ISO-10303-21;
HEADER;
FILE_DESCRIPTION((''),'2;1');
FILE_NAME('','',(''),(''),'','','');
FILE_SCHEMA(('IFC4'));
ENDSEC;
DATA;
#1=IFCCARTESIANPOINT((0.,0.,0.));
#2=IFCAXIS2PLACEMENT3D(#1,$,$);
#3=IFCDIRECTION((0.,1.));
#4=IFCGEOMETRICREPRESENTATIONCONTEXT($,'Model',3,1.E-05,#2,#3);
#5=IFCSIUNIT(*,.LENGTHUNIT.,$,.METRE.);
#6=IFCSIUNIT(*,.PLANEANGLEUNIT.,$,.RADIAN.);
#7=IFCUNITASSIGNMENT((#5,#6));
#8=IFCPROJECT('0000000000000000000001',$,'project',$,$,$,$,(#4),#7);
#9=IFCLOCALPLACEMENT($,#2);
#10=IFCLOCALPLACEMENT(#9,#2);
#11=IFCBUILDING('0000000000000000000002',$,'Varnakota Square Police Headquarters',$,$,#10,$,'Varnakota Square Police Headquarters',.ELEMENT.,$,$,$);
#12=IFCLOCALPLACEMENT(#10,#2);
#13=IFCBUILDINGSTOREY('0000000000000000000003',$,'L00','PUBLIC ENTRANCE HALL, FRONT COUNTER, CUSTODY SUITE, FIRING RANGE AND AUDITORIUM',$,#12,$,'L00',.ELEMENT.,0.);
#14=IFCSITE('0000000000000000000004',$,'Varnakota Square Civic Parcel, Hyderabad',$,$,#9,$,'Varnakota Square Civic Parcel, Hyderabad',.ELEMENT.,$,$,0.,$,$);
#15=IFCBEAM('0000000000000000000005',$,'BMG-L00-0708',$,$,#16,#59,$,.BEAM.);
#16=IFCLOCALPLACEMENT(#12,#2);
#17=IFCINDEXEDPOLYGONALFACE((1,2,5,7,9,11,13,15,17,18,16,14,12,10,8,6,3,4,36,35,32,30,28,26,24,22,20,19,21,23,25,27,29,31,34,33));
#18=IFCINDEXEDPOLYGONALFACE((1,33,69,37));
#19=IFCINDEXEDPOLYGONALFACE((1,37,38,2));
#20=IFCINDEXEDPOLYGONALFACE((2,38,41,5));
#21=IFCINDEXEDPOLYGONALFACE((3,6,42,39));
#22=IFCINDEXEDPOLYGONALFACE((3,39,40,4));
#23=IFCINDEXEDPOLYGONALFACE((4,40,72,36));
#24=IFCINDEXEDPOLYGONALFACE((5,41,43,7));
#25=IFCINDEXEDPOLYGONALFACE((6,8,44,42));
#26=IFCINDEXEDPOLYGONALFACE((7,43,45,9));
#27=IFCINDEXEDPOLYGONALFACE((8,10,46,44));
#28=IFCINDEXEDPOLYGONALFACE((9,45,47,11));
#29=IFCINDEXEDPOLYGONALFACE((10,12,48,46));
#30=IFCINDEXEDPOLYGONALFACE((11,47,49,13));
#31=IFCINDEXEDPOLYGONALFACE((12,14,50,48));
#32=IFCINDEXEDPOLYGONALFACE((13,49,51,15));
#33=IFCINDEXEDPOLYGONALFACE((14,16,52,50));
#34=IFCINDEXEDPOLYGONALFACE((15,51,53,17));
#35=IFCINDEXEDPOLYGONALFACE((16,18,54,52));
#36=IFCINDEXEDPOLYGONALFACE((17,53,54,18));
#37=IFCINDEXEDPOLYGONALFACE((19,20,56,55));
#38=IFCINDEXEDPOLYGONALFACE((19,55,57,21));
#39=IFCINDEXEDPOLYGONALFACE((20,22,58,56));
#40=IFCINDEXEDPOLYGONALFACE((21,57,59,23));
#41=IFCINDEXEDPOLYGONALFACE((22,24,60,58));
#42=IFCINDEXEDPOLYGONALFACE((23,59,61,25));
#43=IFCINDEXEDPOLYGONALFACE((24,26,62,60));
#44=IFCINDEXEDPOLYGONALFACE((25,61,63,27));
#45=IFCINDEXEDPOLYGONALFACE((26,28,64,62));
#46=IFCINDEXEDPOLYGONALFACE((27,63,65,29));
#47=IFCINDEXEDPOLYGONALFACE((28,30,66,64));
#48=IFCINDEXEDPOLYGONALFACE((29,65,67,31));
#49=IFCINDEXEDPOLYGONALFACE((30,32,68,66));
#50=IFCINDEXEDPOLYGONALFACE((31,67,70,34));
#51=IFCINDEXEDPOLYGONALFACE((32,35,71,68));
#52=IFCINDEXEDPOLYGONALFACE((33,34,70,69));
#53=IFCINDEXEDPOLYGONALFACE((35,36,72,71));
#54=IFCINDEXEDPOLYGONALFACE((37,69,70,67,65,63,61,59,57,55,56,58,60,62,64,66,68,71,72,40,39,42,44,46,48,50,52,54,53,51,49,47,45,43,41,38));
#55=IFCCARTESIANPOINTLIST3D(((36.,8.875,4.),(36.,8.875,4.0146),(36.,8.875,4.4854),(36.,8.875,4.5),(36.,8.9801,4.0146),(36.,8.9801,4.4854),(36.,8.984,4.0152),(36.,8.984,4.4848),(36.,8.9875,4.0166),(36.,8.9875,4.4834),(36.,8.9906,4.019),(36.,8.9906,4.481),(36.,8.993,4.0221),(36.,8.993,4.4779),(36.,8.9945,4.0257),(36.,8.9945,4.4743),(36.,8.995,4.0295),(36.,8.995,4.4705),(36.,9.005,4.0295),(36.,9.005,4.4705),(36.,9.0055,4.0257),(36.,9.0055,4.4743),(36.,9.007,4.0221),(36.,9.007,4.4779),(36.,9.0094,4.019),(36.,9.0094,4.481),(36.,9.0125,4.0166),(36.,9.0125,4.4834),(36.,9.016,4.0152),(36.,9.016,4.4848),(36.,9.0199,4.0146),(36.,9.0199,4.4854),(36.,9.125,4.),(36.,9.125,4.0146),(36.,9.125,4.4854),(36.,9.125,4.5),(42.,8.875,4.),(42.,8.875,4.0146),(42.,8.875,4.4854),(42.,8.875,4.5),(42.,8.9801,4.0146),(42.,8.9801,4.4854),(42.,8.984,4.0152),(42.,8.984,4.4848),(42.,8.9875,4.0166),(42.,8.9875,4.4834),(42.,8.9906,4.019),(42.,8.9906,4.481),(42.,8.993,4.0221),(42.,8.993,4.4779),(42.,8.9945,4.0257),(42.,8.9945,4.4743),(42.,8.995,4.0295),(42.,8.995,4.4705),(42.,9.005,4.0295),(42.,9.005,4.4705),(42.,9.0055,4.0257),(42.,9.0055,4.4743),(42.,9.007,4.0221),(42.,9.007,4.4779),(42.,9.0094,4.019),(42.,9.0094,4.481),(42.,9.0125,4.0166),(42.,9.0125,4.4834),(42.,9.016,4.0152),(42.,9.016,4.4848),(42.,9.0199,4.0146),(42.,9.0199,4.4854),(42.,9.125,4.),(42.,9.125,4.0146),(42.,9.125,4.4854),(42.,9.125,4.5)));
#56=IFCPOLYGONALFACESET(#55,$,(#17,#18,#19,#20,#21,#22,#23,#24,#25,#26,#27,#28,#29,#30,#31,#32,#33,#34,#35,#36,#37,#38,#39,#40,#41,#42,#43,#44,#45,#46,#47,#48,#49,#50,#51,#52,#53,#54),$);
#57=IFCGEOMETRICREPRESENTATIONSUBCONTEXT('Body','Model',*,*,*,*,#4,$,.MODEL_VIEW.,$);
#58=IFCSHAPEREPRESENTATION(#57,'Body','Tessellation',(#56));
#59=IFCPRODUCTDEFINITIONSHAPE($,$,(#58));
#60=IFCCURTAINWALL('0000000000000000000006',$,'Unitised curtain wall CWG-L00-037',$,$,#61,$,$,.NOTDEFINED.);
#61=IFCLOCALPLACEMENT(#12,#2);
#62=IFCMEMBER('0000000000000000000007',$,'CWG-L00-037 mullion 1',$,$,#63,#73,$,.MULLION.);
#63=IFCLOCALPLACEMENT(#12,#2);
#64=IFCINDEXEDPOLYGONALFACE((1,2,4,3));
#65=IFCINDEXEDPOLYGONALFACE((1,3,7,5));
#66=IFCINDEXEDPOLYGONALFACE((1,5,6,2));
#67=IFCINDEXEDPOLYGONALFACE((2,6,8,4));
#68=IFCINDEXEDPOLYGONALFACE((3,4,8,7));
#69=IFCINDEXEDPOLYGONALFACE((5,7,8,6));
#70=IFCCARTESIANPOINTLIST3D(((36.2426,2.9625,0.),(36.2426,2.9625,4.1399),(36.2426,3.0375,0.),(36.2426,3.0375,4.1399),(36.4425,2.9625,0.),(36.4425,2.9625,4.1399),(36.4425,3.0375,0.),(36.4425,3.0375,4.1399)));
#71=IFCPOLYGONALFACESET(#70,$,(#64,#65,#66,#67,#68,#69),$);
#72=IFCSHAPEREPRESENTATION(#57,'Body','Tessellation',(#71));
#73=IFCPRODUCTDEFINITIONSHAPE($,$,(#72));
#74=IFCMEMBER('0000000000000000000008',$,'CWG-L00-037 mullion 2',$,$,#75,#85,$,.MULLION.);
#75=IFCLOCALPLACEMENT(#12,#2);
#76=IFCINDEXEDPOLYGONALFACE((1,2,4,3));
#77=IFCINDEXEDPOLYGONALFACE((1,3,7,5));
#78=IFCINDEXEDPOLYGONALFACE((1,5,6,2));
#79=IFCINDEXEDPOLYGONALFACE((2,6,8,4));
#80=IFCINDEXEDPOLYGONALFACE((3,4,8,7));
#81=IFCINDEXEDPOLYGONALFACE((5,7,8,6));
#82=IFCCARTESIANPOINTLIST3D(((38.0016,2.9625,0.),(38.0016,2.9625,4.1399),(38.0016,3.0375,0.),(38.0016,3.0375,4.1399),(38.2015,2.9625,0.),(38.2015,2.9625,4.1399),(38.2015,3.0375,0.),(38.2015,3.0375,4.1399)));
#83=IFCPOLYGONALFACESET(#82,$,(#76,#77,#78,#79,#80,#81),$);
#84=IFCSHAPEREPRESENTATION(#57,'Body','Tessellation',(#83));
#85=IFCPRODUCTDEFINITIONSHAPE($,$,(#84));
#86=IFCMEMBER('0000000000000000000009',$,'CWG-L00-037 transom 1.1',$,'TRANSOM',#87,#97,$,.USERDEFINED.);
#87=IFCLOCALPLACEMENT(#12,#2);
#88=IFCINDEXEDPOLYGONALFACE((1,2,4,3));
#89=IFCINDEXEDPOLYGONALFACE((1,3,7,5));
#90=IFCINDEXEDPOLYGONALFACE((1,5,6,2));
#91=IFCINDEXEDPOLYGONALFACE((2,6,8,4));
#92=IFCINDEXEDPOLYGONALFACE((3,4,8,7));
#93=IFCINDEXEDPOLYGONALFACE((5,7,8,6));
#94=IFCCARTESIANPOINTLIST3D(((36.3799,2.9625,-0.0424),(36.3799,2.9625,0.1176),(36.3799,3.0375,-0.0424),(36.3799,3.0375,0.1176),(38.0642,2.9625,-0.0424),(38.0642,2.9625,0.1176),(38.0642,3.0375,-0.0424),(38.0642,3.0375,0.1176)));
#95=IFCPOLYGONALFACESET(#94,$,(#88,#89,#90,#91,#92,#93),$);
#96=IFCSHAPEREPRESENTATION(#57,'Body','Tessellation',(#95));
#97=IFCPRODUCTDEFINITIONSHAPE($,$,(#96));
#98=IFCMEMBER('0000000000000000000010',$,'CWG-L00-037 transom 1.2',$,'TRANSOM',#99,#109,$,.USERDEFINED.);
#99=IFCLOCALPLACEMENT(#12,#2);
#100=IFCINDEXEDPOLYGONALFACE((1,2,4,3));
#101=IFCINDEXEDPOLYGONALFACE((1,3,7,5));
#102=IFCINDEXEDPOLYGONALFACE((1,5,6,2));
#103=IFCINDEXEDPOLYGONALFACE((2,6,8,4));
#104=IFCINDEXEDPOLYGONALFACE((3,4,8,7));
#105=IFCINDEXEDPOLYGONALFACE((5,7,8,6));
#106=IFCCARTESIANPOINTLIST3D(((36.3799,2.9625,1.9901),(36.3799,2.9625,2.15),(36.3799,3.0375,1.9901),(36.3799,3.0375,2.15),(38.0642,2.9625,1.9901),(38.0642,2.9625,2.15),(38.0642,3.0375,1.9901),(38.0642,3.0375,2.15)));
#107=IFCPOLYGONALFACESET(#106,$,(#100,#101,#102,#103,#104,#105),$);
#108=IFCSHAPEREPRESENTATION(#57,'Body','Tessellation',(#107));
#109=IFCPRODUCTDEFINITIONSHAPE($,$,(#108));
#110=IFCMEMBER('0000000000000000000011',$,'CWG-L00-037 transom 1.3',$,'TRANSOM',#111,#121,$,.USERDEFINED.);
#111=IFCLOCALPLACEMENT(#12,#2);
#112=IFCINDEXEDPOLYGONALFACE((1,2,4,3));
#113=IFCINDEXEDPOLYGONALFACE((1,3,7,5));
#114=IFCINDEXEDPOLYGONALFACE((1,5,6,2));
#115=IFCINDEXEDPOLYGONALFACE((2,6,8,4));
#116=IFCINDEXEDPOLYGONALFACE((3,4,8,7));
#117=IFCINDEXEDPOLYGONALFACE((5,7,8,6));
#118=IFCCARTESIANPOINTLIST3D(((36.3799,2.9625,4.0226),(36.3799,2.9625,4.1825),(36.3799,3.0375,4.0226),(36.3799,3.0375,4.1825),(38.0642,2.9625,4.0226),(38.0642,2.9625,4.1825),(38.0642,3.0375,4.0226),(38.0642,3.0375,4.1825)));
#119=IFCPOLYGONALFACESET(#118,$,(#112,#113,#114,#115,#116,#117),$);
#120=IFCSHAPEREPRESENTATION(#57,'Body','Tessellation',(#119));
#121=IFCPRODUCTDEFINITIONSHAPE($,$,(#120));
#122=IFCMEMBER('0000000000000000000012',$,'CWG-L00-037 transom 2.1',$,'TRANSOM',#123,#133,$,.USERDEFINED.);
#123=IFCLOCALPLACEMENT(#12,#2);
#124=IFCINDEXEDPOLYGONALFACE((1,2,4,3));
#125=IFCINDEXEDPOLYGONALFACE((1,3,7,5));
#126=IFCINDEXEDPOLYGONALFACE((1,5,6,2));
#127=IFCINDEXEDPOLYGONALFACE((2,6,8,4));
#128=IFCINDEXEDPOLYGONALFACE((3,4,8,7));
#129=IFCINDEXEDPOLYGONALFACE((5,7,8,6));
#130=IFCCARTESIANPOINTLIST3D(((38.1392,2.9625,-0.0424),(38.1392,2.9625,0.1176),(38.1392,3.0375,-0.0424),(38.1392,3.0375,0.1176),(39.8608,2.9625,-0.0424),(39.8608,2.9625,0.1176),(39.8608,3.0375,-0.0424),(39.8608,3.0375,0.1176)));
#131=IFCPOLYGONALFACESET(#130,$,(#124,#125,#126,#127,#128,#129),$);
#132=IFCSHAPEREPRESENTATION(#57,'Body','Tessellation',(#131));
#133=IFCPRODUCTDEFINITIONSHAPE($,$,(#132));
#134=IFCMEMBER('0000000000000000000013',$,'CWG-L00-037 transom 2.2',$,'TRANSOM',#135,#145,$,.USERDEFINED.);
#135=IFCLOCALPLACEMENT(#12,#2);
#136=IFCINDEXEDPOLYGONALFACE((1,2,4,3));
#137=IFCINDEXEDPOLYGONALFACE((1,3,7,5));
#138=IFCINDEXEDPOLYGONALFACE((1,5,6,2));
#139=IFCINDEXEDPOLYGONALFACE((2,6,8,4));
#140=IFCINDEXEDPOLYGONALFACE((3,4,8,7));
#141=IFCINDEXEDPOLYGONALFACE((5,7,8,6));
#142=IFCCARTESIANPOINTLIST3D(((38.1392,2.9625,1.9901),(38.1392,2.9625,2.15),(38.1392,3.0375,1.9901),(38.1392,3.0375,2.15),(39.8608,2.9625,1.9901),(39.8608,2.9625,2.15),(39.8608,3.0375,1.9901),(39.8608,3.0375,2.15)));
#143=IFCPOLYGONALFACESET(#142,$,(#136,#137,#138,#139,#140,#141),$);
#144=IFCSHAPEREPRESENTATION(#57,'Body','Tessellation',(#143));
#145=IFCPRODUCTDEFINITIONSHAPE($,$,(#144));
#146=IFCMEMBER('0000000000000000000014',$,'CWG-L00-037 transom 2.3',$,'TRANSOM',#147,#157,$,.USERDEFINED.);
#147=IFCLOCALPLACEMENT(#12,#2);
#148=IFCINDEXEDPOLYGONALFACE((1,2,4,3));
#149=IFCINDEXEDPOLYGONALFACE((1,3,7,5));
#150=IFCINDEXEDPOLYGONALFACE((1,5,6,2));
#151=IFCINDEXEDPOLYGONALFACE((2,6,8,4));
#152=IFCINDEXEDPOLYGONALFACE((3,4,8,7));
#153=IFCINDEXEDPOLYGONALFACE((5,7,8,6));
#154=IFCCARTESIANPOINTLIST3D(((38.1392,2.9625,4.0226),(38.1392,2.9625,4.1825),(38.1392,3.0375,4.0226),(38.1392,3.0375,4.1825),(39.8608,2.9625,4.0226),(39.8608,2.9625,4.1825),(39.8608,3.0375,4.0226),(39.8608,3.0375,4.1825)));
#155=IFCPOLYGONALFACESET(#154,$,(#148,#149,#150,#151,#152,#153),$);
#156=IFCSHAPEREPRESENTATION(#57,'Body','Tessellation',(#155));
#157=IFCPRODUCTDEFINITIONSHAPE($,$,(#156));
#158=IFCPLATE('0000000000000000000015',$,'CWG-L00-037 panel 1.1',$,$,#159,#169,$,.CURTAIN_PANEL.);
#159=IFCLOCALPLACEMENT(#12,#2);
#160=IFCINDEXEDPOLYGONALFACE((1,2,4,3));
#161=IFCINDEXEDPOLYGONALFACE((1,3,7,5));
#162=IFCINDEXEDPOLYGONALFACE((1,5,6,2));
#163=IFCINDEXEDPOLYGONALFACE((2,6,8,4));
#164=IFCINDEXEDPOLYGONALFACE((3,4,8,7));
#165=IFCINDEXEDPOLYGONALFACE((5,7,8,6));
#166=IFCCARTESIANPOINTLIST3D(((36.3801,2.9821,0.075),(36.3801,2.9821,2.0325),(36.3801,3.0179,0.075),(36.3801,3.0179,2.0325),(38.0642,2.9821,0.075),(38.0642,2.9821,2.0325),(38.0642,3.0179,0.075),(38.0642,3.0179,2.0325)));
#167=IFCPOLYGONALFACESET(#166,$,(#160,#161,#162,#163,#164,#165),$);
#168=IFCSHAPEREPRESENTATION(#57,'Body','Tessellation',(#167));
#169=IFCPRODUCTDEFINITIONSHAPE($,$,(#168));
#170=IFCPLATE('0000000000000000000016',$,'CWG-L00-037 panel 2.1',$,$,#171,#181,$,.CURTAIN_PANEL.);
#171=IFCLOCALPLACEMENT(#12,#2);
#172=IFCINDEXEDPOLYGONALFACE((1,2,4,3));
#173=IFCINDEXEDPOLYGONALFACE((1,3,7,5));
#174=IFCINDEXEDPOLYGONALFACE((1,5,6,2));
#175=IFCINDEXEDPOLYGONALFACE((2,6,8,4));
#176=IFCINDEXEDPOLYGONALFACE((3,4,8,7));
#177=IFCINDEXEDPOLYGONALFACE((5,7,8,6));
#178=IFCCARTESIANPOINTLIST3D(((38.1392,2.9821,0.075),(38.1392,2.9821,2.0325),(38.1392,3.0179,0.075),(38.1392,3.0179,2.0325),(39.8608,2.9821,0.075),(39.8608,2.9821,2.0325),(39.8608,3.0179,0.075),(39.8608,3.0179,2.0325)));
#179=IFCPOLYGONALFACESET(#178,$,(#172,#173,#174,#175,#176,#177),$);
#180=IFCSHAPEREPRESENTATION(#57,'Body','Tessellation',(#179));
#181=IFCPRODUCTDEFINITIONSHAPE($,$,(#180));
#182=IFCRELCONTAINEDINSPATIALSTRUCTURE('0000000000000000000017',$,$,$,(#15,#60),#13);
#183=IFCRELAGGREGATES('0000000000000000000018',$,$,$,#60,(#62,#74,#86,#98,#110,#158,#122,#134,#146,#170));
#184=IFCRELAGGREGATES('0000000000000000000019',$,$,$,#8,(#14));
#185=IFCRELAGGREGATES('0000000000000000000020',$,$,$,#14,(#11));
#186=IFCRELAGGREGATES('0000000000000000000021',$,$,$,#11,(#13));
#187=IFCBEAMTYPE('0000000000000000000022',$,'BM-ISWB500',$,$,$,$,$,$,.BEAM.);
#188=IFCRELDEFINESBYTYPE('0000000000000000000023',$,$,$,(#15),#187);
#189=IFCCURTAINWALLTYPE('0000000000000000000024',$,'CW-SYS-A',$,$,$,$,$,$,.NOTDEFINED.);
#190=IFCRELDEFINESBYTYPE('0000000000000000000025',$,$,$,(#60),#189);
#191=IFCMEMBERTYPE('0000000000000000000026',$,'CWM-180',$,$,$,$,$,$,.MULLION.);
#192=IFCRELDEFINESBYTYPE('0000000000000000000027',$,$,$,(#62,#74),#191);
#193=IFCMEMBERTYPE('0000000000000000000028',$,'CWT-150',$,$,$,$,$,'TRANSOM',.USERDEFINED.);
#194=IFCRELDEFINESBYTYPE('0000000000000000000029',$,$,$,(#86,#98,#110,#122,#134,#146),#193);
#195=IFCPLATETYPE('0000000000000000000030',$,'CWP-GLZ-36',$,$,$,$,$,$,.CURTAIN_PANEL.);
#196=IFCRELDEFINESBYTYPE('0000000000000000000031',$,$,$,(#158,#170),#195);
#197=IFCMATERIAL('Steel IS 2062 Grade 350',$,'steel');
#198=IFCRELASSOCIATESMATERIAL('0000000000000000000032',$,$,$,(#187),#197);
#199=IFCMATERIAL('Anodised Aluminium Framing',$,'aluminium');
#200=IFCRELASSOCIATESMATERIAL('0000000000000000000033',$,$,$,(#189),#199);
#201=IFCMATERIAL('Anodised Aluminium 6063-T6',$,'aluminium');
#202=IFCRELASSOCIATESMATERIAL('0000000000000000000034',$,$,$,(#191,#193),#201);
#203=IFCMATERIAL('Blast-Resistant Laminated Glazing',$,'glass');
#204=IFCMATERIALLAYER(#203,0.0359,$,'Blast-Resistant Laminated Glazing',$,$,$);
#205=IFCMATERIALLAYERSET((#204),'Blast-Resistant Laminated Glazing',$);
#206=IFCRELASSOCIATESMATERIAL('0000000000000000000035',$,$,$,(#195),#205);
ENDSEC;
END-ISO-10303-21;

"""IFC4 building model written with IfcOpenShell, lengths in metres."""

from ifc_helpers import new_model, si_unit, direction, frame, origin, origin_2d, place, context, subcontext, project, spatial, rectangle, i_section, extrude, material, layer, layer_set, material_profile, profile_set, type_object, element, aggregate, save


model = new_model("IFC4")

# Units and contexts
model_context = context("Model", 3, precision=1e-05, world=origin(), true_north=direction((0.0, 1.0)))
body_context = subcontext(model_context, "Body", "Model", "MODEL_VIEW")
ifc_project = project(units=[si_unit("LENGTHUNIT", "METRE"), si_unit("PLANEANGLEUNIT", "RADIAN")], contexts=[model_context])

# Site, building, storey
site_placement = place(None, origin())
site = spatial("IfcSite", under=ifc_project, at=site_placement, Name="Varnakota Square Civic Parcel, Hyderabad", LongName="Varnakota Square Civic Parcel, Hyderabad", CompositionType="ELEMENT", RefElevation=0.0)
building_placement = place(site_placement, origin())
building = spatial("IfcBuilding", under=site, at=building_placement, Name="Varnakota Square Police Headquarters", LongName="Varnakota Square Police Headquarters", CompositionType="ELEMENT")
storey_placement = place(building_placement, origin())
storey = spatial("IfcBuildingStorey", under=building, at=storey_placement, Name="L00", Description="PUBLIC ENTRANCE HALL, FRONT COUNTER, CUSTODY SUITE, FIRING RANGE AND AUDITORIUM", LongName="L00", CompositionType="ELEMENT", Elevation=0.0)

# Beam
ifc_material_1 = material(Name="Steel IS 2062 Grade 350", Category="steel")
ifc_material_profile_1 = material_profile(ifc_material_1, i_section(OverallWidth=0.25, OverallDepth=0.5, WebThickness=0.01, FlangeThickness=0.0146, FilletRadius=0.0149, at=origin_2d()), Name="ISWB 500")
ifc_profile_set_1 = profile_set([ifc_material_profile_1], Name="Steel IS 2062 Grade 350")
beam_type_1 = type_object("IfcBeamType", Name="BM-ISWB500", PredefinedType="BEAM", material=ifc_profile_set_1)
beam_1_placement = place(storey_placement, frame((36.0, 9.0, 4.25), z_axis=(1.0, 0.0, 0.0), x_axis=(0.0, 1.0, 0.0)))
element("IfcBeam", 1, at=beam_1_placement, inside=storey, type_object=beam_type_1, Name="BMG-L00-0708", PredefinedType="BEAM", context=body_context, shape_type="SweptSolid", body=[
    extrude(i_section(OverallWidth=0.25, OverallDepth=0.5, WebThickness=0.01, FlangeThickness=0.0146, FilletRadius=0.0149, at=origin_2d()), origin(), (0.0, 0.0, 1.0), 6.0),
])

# Curtain wall, members, plates
ifc_material_2 = material(Name="Anodised Aluminium Framing", Category="aluminium")
curtain_wall_type = type_object("IfcCurtainWallType", Name="CW-SYS-A", PredefinedType="NOTDEFINED", material=ifc_material_2)
curtain_wall_placement = place(storey_placement, origin())
curtain_wall = element("IfcCurtainWall", 2, at=curtain_wall_placement, inside=storey, type_object=curtain_wall_type, Name="Unitised curtain wall CWG-L00-037", PredefinedType="NOTDEFINED")
ifc_material_3 = material(Name="Anodised Aluminium 6063-T6", Category="aluminium")
ifc_material_profile_2 = material_profile(ifc_material_3, rectangle(XDim=0.075, YDim=0.2, at=origin_2d()), Name="ALU MULLION 75x200")
ifc_profile_set_2 = profile_set([ifc_material_profile_2], Name="Anodised Aluminium 6063-T6")
member_type_1 = type_object("IfcMemberType", Name="CWM-180", PredefinedType="MULLION", material=ifc_profile_set_2)
member_1_placement = place(storey_placement, frame((36.3425, 3.0, 0.0), z_axis=(0.0, 0.0, 1.0), x_axis=(0.0, 1.0, 0.0)))
member_1 = element("IfcMember", 3, at=member_1_placement, type_object=member_type_1, Name="CWG-L00-037 mullion 1", PredefinedType="MULLION", context=body_context, shape_type="SweptSolid", body=[
    extrude(rectangle(XDim=0.075, YDim=0.2, at=origin_2d()), origin(), (0.0, 0.0, 1.0), 4.1399),
])
member_2_placement = place(storey_placement, frame((38.1016, 3.0, 0.0), z_axis=(0.0, 0.0, 1.0), x_axis=(0.0, 1.0, 0.0)))
member_2 = element("IfcMember", 4, at=member_2_placement, type_object=member_type_1, Name="CWG-L00-037 mullion 2", PredefinedType="MULLION", context=body_context, shape_type="SweptSolid", body=[
    extrude(rectangle(XDim=0.075, YDim=0.2, at=origin_2d()), origin(), (0.0, 0.0, 1.0), 4.1399),
])
ifc_material_profile_3 = material_profile(ifc_material_3, rectangle(XDim=0.075, YDim=0.1599, at=origin_2d()), Name="ALU TRANSOM 75x160")
ifc_profile_set_3 = profile_set([ifc_material_profile_3], Name="Anodised Aluminium 6063-T6")
member_type_2 = type_object("IfcMemberType", Name="CWT-150", ElementType="TRANSOM", PredefinedType="USERDEFINED", material=ifc_profile_set_3)
member_3_placement = place(storey_placement, frame((36.3799, 3.0, 0.0376), z_axis=(1.0, 0.0, 0.0), x_axis=(0.0, 1.0, 0.0)))
member_3 = element("IfcMember", 5, at=member_3_placement, type_object=member_type_2, Name="CWG-L00-037 transom 1.1", ObjectType="TRANSOM", PredefinedType="USERDEFINED", context=body_context, shape_type="SweptSolid", body=[
    extrude(rectangle(XDim=0.075, YDim=0.1599, at=origin_2d()), origin(), (0.0, 0.0, 1.0), 1.6843),
])
member_4_placement = place(storey_placement, frame((36.3799, 3.0, 2.0701), z_axis=(1.0, 0.0, 0.0), x_axis=(0.0, 1.0, 0.0)))
member_4 = element("IfcMember", 6, at=member_4_placement, type_object=member_type_2, Name="CWG-L00-037 transom 1.2", ObjectType="TRANSOM", PredefinedType="USERDEFINED", context=body_context, shape_type="SweptSolid", body=[
    extrude(rectangle(XDim=0.075, YDim=0.1599, at=origin_2d()), origin(), (0.0, 0.0, 1.0), 1.6843),
])
member_5_placement = place(storey_placement, frame((36.3799, 3.0, 4.1025), z_axis=(1.0, 0.0, 0.0), x_axis=(0.0, 1.0, 0.0)))
member_5 = element("IfcMember", 7, at=member_5_placement, type_object=member_type_2, Name="CWG-L00-037 transom 1.3", ObjectType="TRANSOM", PredefinedType="USERDEFINED", context=body_context, shape_type="SweptSolid", body=[
    extrude(rectangle(XDim=0.075, YDim=0.1599, at=origin_2d()), origin(), (0.0, 0.0, 1.0), 1.6843),
])
member_6_placement = place(storey_placement, frame((38.1392, 3.0, 0.0376), z_axis=(1.0, 0.0, 0.0), x_axis=(0.0, 1.0, 0.0)))
member_6 = element("IfcMember", 8, at=member_6_placement, type_object=member_type_2, Name="CWG-L00-037 transom 2.1", ObjectType="TRANSOM", PredefinedType="USERDEFINED", context=body_context, shape_type="SweptSolid", body=[
    extrude(rectangle(XDim=0.075, YDim=0.1599, at=origin_2d()), origin(), (0.0, 0.0, 1.0), 1.7217),
])
member_7_placement = place(storey_placement, frame((38.1392, 3.0, 2.0701), z_axis=(1.0, 0.0, 0.0), x_axis=(0.0, 1.0, 0.0)))
member_7 = element("IfcMember", 9, at=member_7_placement, type_object=member_type_2, Name="CWG-L00-037 transom 2.2", ObjectType="TRANSOM", PredefinedType="USERDEFINED", context=body_context, shape_type="SweptSolid", body=[
    extrude(rectangle(XDim=0.075, YDim=0.1599, at=origin_2d()), origin(), (0.0, 0.0, 1.0), 1.7217),
])
member_8_placement = place(storey_placement, frame((38.1392, 3.0, 4.1025), z_axis=(1.0, 0.0, 0.0), x_axis=(0.0, 1.0, 0.0)))
member_8 = element("IfcMember", 10, at=member_8_placement, type_object=member_type_2, Name="CWG-L00-037 transom 2.3", ObjectType="TRANSOM", PredefinedType="USERDEFINED", context=body_context, shape_type="SweptSolid", body=[
    extrude(rectangle(XDim=0.075, YDim=0.1599, at=origin_2d()), origin(), (0.0, 0.0, 1.0), 1.7217),
])
ifc_material_4 = material(Name="Blast-Resistant Laminated Glazing", Category="glass")
ifc_layer_1 = layer(ifc_material_4, 0.0359, Name="Blast-Resistant Laminated Glazing")
ifc_layer_set_1 = layer_set([ifc_layer_1], Name="Blast-Resistant Laminated Glazing")
plate_type_1 = type_object("IfcPlateType", Name="CWP-GLZ-36", PredefinedType="CURTAIN_PANEL", material=ifc_layer_set_1)
plate_1_placement = place(storey_placement, frame((37.2222, 3.0, 0.075), z_axis=(0.0, 0.0, 1.0), x_axis=(1.0, 0.0, 0.0)))
plate_1 = element("IfcPlate", 11, at=plate_1_placement, type_object=plate_type_1, Name="CWG-L00-037 panel 1.1", PredefinedType="CURTAIN_PANEL", context=body_context, shape_type="SweptSolid", body=[
    extrude(rectangle(XDim=1.6841, YDim=0.0359, at=origin_2d()), origin(), (0.0, 0.0, 1.0), 1.9575),
])
plate_2_placement = place(storey_placement, frame((39.0, 3.0, 0.075), z_axis=(0.0, 0.0, 1.0), x_axis=(1.0, 0.0, 0.0)))
plate_2 = element("IfcPlate", 12, at=plate_2_placement, type_object=plate_type_1, Name="CWG-L00-037 panel 2.1", PredefinedType="CURTAIN_PANEL", context=body_context, shape_type="SweptSolid", body=[
    extrude(rectangle(XDim=1.7217, YDim=0.0359, at=origin_2d()), origin(), (0.0, 0.0, 1.0), 1.9575),
])
aggregate(curtain_wall, [member_1, member_2, member_3, member_4, member_5, plate_1, member_6, member_7, member_8, plate_2])

save(model, "model.ifc")
